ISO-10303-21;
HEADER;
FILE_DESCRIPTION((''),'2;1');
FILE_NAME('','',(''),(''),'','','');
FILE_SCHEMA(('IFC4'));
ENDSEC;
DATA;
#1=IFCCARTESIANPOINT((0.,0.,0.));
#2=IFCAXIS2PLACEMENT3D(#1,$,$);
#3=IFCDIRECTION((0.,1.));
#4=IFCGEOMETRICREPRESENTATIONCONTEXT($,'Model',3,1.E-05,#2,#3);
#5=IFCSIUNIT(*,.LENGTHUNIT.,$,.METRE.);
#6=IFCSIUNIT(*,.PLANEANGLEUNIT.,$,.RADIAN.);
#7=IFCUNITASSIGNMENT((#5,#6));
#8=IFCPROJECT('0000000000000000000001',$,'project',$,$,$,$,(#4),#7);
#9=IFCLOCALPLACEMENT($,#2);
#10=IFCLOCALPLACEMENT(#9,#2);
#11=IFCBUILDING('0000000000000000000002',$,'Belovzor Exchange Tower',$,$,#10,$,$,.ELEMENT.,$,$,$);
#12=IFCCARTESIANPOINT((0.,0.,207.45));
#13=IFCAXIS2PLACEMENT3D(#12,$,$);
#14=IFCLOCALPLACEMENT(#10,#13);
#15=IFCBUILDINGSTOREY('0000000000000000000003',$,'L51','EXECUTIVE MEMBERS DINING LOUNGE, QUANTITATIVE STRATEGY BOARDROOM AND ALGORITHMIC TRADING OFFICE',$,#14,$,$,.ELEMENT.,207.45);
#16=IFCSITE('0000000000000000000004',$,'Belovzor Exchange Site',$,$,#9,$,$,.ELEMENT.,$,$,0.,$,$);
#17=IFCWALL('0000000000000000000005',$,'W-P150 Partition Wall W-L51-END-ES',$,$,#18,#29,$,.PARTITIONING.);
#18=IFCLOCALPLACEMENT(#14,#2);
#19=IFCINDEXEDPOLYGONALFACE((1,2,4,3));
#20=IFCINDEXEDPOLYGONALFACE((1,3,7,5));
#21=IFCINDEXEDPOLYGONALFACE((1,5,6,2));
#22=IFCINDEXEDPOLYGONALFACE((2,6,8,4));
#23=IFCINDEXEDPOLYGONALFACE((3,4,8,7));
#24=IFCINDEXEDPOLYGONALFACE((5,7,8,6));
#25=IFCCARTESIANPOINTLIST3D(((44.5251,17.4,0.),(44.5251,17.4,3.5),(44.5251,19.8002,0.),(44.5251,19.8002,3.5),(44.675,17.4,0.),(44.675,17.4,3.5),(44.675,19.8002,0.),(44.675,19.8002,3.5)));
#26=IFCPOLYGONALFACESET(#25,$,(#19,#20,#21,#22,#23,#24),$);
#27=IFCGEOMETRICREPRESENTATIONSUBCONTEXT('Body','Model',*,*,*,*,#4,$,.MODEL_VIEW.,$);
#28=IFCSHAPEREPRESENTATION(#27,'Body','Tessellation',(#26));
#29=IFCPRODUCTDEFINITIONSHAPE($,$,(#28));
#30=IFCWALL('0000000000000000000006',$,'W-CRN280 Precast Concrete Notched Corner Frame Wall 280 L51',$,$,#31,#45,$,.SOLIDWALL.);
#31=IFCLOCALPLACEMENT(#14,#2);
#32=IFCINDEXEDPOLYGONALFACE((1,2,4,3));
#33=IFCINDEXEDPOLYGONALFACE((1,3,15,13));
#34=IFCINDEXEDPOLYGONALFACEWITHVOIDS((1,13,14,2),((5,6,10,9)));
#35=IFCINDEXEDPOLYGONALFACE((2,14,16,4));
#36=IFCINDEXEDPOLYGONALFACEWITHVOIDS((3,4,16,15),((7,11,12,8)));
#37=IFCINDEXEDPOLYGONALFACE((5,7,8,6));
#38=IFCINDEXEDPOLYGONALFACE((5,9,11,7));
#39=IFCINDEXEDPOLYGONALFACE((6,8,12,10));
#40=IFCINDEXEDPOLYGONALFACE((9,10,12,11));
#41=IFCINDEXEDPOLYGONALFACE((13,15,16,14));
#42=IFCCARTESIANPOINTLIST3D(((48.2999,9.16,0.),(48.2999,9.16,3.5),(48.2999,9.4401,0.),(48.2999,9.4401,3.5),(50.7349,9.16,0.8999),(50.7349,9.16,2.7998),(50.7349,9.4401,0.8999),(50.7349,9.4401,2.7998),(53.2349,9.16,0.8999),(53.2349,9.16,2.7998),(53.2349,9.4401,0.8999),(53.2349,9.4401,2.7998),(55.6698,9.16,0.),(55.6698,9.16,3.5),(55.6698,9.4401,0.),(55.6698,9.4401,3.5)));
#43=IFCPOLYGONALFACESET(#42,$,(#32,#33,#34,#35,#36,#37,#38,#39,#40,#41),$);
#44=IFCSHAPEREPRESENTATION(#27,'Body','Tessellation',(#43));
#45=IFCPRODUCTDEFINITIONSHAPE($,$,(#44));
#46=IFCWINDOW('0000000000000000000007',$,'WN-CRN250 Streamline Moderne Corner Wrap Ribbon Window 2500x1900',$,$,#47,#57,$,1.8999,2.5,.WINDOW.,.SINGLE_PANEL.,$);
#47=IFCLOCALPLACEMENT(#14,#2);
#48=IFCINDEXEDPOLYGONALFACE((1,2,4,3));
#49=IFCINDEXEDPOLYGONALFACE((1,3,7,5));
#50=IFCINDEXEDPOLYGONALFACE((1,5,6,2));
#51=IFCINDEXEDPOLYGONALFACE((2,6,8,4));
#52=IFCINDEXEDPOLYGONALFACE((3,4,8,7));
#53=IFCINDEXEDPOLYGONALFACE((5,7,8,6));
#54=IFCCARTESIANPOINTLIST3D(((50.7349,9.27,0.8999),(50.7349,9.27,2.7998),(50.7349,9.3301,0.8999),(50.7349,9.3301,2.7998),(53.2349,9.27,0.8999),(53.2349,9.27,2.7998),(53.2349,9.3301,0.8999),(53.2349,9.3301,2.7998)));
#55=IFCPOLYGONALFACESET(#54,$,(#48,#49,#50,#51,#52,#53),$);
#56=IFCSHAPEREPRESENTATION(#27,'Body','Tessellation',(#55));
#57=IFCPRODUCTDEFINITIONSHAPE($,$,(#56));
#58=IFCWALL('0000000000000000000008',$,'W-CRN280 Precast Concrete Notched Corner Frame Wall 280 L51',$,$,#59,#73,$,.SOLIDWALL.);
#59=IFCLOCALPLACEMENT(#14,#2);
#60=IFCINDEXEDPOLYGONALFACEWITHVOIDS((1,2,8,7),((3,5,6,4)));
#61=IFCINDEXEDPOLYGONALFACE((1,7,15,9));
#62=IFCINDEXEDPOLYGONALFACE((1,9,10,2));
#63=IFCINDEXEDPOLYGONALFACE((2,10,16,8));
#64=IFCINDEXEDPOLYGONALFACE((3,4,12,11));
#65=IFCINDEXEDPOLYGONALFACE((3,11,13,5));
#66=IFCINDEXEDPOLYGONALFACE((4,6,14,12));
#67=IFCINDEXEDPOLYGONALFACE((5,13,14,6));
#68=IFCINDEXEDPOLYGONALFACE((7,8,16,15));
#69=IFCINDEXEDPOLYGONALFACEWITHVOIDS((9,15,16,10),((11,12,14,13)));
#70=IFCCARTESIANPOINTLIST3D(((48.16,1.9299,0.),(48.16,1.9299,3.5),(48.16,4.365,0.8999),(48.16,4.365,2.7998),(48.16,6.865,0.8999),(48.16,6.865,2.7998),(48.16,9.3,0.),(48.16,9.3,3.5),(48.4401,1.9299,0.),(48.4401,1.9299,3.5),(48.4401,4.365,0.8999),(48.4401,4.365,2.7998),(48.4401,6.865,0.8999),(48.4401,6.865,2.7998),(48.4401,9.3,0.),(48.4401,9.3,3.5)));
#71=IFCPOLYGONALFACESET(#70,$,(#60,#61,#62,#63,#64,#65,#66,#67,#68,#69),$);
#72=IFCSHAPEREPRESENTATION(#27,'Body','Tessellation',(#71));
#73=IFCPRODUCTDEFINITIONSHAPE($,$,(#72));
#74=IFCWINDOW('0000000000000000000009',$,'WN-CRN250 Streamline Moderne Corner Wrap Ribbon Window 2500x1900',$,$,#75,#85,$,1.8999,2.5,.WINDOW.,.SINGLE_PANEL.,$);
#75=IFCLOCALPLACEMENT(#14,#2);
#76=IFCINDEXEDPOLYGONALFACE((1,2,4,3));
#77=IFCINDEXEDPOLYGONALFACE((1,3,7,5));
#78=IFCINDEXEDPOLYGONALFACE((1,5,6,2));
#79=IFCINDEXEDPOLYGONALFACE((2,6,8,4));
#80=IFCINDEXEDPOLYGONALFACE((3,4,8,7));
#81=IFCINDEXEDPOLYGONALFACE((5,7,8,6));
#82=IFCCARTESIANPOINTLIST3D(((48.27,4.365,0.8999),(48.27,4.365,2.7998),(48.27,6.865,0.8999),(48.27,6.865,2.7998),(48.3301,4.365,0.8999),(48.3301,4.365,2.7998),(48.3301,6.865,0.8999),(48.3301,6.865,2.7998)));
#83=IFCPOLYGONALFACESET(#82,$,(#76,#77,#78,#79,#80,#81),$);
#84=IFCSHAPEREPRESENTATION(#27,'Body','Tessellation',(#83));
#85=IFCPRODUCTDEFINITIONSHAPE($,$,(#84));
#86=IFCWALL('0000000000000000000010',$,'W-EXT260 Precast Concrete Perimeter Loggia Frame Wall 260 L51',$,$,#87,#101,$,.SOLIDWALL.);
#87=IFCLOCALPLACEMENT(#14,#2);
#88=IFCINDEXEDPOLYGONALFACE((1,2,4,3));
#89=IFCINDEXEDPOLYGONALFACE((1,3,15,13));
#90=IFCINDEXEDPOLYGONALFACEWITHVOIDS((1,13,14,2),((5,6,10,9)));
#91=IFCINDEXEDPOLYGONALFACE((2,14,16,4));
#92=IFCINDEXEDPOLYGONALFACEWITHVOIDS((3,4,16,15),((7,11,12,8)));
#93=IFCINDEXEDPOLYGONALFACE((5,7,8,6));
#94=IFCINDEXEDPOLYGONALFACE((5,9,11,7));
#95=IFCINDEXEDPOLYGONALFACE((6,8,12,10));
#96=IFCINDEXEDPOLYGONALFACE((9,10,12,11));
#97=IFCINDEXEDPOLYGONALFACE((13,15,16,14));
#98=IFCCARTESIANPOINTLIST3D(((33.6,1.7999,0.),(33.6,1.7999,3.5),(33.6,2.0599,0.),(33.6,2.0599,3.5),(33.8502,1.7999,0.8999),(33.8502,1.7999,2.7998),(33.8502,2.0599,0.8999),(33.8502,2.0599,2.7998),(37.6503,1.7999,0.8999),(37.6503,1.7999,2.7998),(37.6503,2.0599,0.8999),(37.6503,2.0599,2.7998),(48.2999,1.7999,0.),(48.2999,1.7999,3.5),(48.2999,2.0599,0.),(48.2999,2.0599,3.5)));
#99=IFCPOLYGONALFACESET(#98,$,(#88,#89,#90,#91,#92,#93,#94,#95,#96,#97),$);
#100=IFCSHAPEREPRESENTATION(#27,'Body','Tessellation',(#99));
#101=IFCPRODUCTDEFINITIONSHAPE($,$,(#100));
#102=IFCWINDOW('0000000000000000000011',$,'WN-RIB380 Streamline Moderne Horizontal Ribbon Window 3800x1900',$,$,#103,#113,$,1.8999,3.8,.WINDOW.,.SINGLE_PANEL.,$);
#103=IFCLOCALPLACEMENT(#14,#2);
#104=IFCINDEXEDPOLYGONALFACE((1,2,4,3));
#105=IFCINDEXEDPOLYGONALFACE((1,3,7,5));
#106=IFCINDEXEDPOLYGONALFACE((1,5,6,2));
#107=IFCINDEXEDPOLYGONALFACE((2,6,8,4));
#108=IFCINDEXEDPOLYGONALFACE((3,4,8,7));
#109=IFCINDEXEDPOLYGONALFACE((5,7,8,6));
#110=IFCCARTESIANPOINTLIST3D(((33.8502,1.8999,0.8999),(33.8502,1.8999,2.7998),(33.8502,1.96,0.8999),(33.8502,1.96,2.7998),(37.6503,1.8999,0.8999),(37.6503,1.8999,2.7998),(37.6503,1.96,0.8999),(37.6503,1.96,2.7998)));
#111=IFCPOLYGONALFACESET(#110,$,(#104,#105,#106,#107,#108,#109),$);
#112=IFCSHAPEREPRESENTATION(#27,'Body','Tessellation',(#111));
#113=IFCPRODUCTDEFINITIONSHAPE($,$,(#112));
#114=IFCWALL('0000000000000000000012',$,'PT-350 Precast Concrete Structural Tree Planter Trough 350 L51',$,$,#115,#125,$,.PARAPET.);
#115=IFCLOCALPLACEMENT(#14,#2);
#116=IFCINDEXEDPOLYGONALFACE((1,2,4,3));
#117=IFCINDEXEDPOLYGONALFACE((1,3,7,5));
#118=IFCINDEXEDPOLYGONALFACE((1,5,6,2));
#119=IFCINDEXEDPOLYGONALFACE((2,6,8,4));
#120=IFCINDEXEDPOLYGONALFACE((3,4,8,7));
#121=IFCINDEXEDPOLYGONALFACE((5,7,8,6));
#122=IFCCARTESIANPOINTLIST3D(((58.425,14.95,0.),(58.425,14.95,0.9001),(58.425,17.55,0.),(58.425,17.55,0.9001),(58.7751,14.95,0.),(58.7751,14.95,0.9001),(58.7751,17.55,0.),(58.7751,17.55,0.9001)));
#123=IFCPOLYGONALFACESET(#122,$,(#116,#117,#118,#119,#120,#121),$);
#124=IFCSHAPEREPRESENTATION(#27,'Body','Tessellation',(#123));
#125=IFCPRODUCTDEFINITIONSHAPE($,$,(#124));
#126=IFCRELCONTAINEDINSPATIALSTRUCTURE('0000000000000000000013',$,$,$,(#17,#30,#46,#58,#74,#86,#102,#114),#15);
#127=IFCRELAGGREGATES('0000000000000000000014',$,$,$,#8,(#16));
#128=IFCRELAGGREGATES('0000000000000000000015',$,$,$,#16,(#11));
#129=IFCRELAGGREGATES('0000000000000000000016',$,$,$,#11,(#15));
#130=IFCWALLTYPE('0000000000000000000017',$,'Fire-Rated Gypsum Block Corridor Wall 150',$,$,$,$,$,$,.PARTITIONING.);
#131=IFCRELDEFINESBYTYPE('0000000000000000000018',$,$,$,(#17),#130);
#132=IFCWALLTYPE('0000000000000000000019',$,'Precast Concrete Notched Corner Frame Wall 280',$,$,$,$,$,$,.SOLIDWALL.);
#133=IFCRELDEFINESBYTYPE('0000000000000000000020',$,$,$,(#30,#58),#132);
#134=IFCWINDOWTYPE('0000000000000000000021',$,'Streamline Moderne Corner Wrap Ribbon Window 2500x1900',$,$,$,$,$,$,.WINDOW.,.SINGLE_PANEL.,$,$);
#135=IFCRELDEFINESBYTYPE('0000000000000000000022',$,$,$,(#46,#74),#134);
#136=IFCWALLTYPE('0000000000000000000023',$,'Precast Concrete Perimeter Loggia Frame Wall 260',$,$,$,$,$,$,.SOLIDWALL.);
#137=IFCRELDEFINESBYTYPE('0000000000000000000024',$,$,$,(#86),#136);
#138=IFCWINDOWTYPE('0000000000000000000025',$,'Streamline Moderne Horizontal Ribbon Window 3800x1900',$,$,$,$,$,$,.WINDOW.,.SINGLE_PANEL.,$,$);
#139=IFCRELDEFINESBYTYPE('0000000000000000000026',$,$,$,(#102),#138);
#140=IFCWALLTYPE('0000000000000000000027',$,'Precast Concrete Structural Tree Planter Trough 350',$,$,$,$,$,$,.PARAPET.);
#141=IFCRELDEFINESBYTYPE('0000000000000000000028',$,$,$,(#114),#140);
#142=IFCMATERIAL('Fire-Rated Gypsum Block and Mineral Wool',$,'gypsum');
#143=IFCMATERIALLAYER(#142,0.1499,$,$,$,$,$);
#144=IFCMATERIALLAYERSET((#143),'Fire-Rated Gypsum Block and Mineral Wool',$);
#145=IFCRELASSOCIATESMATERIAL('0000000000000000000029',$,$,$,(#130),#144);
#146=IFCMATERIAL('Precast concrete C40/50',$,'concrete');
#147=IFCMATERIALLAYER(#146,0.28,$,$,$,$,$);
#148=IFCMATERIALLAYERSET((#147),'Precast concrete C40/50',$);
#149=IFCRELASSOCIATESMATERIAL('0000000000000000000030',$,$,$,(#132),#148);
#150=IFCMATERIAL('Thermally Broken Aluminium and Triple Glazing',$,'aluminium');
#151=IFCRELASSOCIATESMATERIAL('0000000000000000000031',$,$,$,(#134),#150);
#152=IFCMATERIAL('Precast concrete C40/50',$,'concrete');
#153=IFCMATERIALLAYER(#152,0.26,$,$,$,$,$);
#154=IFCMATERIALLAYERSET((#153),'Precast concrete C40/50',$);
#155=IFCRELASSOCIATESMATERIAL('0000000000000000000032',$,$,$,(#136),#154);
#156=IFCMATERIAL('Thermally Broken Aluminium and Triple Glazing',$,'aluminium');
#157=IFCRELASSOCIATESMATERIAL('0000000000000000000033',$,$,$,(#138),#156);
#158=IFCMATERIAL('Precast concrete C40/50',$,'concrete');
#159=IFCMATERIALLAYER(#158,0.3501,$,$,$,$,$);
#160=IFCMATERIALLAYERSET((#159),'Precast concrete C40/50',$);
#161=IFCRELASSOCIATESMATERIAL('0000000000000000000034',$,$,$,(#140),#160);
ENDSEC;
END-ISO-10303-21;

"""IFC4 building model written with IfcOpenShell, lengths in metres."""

from ifc_helpers import new_model, si_unit, direction, frame, frame_2d, origin, place, context, subcontext, project, spatial, rectangle, extrude, material, layer, layer_set, type_object, element, fill, save


model = new_model("IFC4")

# Units and contexts
model_context = context("Model", 3, precision=1e-05, world=origin(), true_north=direction((0.0, 1.0)))
body_context = subcontext(model_context, "Body", "Model", "MODEL_VIEW")
ifc_project = project(units=[si_unit("LENGTHUNIT", "METRE"), si_unit("PLANEANGLEUNIT", "RADIAN")], contexts=[model_context])

# Site, building, storey
site_placement = place(None, origin())
site = spatial("IfcSite", under=ifc_project, at=site_placement, Name="Belovzor Exchange Site", CompositionType="ELEMENT", RefElevation=0.0)
building_placement = place(site_placement, origin())
building = spatial("IfcBuilding", under=site, at=building_placement, Name="Belovzor Exchange Tower", CompositionType="ELEMENT")
storey_placement = place(building_placement, frame((0.0, 0.0, 207.45)))
storey = spatial("IfcBuildingStorey", under=building, at=storey_placement, Name="L51", Description="EXECUTIVE MEMBERS DINING LOUNGE, QUANTITATIVE STRATEGY BOARDROOM AND ALGORITHMIC TRADING OFFICE", CompositionType="ELEMENT", Elevation=207.45)

# Wall
ifc_material_1 = material(Name="Fire-Rated Gypsum Block and Mineral Wool", Category="gypsum")
ifc_layer_1 = layer(ifc_material_1, 0.1499)
ifc_layer_set_1 = layer_set([ifc_layer_1], Name="Fire-Rated Gypsum Block and Mineral Wool")
wall_type_1 = type_object("IfcWallType", Name="Fire-Rated Gypsum Block Corridor Wall 150", PredefinedType="PARTITIONING", material=ifc_layer_set_1)
wall_1_placement = place(storey_placement, frame((44.6001, 17.3999, 0.0), z_axis=(0.0, 0.0, 1.0), x_axis=(0.0, 1.0, 0.0)))
element("IfcWall", 1, at=wall_1_placement, inside=storey, type_object=wall_type_1, Name="W-P150 Partition Wall W-L51-END-ES", PredefinedType="PARTITIONING", context=body_context, shape_type="SweptSolid", body=[
    extrude(rectangle(XDim=2.4001, YDim=0.1499, at=frame_2d((1.2002, 0.0))), origin(), (0.0, 0.0, 1.0), 3.5),
])

# Walls, openings, windows
ifc_material_2 = material(Name="Precast concrete C40/50", Category="concrete")
ifc_layer_2 = layer(ifc_material_2, 0.28)
ifc_layer_set_2 = layer_set([ifc_layer_2], Name="Precast concrete C40/50")
wall_type_2 = type_object("IfcWallType", Name="Precast Concrete Notched Corner Frame Wall 280", PredefinedType="SOLIDWALL", material=ifc_layer_set_2)
wall_2_placement = place(storey_placement, frame((55.6699, 9.3, 0.0), z_axis=(0.0, 0.0, 1.0), x_axis=(-1.0, 0.0, 0.0)))
wall_2 = element("IfcWall", 2, at=wall_2_placement, inside=storey, type_object=wall_type_2, Name="W-CRN280 Precast Concrete Notched Corner Frame Wall 280 L51", PredefinedType="SOLIDWALL", context=body_context, shape_type="SweptSolid", body=[
    extrude(rectangle(XDim=7.3699, YDim=0.28, at=frame_2d((3.6851, 0.0))), origin(), (0.0, 0.0, 1.0), 3.5),
])
opening_1_placement = place(wall_2_placement, frame((2.4351, 0.0, 0.8999)))
opening_1 = element("IfcOpeningElement", 3, at=opening_1_placement, cuts=wall_2, PredefinedType="OPENING", context=body_context, shape_type="SweptSolid", body=[
    extrude(rectangle(XDim=2.5, YDim=1.8999, at=frame_2d((1.25, 0.95))), frame((0.0, 0.1499, 0.0), z_axis=(0.0, -1.0, 0.0), x_axis=(1.0, 0.0, 0.0)), (0.0, 0.0, 1.0), 0.3),
])
ifc_material_3 = material(Name="Thermally Broken Aluminium and Triple Glazing", Category="aluminium")
window_type_1 = type_object("IfcWindowType", Name="Streamline Moderne Corner Wrap Ribbon Window 2500x1900", PartitioningType="SINGLE_PANEL", PredefinedType="WINDOW", material=ifc_material_3)
window_1_placement = place(opening_1_placement, origin())
window_1 = element("IfcWindow", 4, at=window_1_placement, inside=storey, type_object=window_type_1, Name="WN-CRN250 Streamline Moderne Corner Wrap Ribbon Window 2500x1900", OverallHeight=1.8999, OverallWidth=2.5, PartitioningType="SINGLE_PANEL", PredefinedType="WINDOW", context=body_context, shape_type="SweptSolid", body=[
    extrude(rectangle(XDim=2.5, YDim=1.8999, at=frame_2d((1.25, 0.95))), frame((0.0, 0.03, 0.0), z_axis=(0.0, -1.0, 0.0), x_axis=(1.0, 0.0, 0.0)), (0.0, 0.0, 1.0), 0.0601),
])
fill(opening_1, window_1)
wall_3_placement = place(storey_placement, frame((48.3, 9.3, 0.0), z_axis=(0.0, 0.0, 1.0), x_axis=(0.0, -1.0, 0.0)))
wall_3 = element("IfcWall", 5, at=wall_3_placement, inside=storey, type_object=wall_type_2, Name="W-CRN280 Precast Concrete Notched Corner Frame Wall 280 L51", PredefinedType="SOLIDWALL", context=body_context, shape_type="SweptSolid", body=[
    extrude(rectangle(XDim=7.3701, YDim=0.28, at=frame_2d((3.6851, 0.0))), origin(), (0.0, 0.0, 1.0), 3.5),
])
opening_2_placement = place(wall_3_placement, frame((2.4351, 0.0, 0.8999)))
opening_2 = element("IfcOpeningElement", 6, at=opening_2_placement, cuts=wall_3, PredefinedType="OPENING", context=body_context, shape_type="SweptSolid", body=[
    extrude(rectangle(XDim=2.5, YDim=1.8999, at=frame_2d((1.25, 0.95))), frame((0.0, 0.1499, 0.0), z_axis=(0.0, -1.0, 0.0), x_axis=(1.0, 0.0, 0.0)), (0.0, 0.0, 1.0), 0.3),
])
window_2_placement = place(opening_2_placement, origin())
window_2 = element("IfcWindow", 7, at=window_2_placement, inside=storey, type_object=window_type_1, Name="WN-CRN250 Streamline Moderne Corner Wrap Ribbon Window 2500x1900", OverallHeight=1.8999, OverallWidth=2.5, PartitioningType="SINGLE_PANEL", PredefinedType="WINDOW", context=body_context, shape_type="SweptSolid", body=[
    extrude(rectangle(XDim=2.5, YDim=1.8999, at=frame_2d((1.25, 0.95))), frame((0.0, 0.03, 0.0), z_axis=(0.0, -1.0, 0.0), x_axis=(1.0, 0.0, 0.0)), (0.0, 0.0, 1.0), 0.0601),
])
fill(opening_2, window_2)
ifc_material_4 = material(Name="Precast concrete C40/50", Category="concrete")
ifc_layer_3 = layer(ifc_material_4, 0.26)
ifc_layer_set_3 = layer_set([ifc_layer_3], Name="Precast concrete C40/50")
wall_type_3 = type_object("IfcWallType", Name="Precast Concrete Perimeter Loggia Frame Wall 260", PredefinedType="SOLIDWALL", material=ifc_layer_set_3)
wall_4_placement = place(storey_placement, frame((48.3, 1.9299, 0.0), z_axis=(0.0, 0.0, 1.0), x_axis=(-1.0, 0.0, 0.0)))
wall_4 = element("IfcWall", 8, at=wall_4_placement, inside=storey, type_object=wall_type_3, Name="W-EXT260 Precast Concrete Perimeter Loggia Frame Wall 260 L51", PredefinedType="SOLIDWALL", context=body_context, shape_type="SweptSolid", body=[
    extrude(rectangle(XDim=14.7, YDim=0.26, at=frame_2d((7.3501, 0.0))), origin(), (0.0, 0.0, 1.0), 3.5),
])
opening_3_placement = place(wall_4_placement, frame((10.6499, 0.0, 0.8999)))
opening_3 = element("IfcOpeningElement", 9, at=opening_3_placement, cuts=wall_4, PredefinedType="OPENING", context=body_context, shape_type="SweptSolid", body=[
    extrude(rectangle(XDim=3.8, YDim=1.8999, at=frame_2d((1.8999, 0.95))), frame((0.0, 0.1399, 0.0), z_axis=(0.0, -1.0, 0.0), x_axis=(1.0, 0.0, 0.0)), (0.0, 0.0, 1.0), 0.28),
])
ifc_material_5 = material(Name="Thermally Broken Aluminium and Triple Glazing", Category="aluminium")
window_type_2 = type_object("IfcWindowType", Name="Streamline Moderne Horizontal Ribbon Window 3800x1900", PartitioningType="SINGLE_PANEL", PredefinedType="WINDOW", material=ifc_material_5)
window_3_placement = place(opening_3_placement, origin())
window_3 = element("IfcWindow", 10, at=window_3_placement, inside=storey, type_object=window_type_2, Name="WN-RIB380 Streamline Moderne Horizontal Ribbon Window 3800x1900", OverallHeight=1.8999, OverallWidth=3.8, PartitioningType="SINGLE_PANEL", PredefinedType="WINDOW", context=body_context, shape_type="SweptSolid", body=[
    extrude(rectangle(XDim=3.8, YDim=1.8999, at=frame_2d((1.8999, 0.95))), frame((0.0, 0.03, 0.0), z_axis=(0.0, -1.0, 0.0), x_axis=(1.0, 0.0, 0.0)), (0.0, 0.0, 1.0), 0.0601),
])
fill(opening_3, window_3)

# Wall
ifc_material_6 = material(Name="Precast concrete C40/50", Category="concrete")
ifc_layer_4 = layer(ifc_material_6, 0.3501)
ifc_layer_set_4 = layer_set([ifc_layer_4], Name="Precast concrete C40/50")
wall_type_4 = type_object("IfcWallType", Name="Precast Concrete Structural Tree Planter Trough 350", PredefinedType="PARAPET", material=ifc_layer_set_4)
wall_5_placement = place(storey_placement, frame((58.6001, 14.95, 0.0), z_axis=(0.0, 0.0, 1.0), x_axis=(0.0, 1.0, 0.0)))
element("IfcWall", 11, at=wall_5_placement, inside=storey, type_object=wall_type_4, Name="PT-350 Precast Concrete Structural Tree Planter Trough 350 L51", PredefinedType="PARAPET", context=body_context, shape_type="SweptSolid", body=[
    extrude(rectangle(XDim=2.6001, YDim=0.3501, at=frame_2d((1.3, 0.0))), origin(), (0.0, 0.0, 1.0), 0.9001),
])

save(model, "model.ifc")
